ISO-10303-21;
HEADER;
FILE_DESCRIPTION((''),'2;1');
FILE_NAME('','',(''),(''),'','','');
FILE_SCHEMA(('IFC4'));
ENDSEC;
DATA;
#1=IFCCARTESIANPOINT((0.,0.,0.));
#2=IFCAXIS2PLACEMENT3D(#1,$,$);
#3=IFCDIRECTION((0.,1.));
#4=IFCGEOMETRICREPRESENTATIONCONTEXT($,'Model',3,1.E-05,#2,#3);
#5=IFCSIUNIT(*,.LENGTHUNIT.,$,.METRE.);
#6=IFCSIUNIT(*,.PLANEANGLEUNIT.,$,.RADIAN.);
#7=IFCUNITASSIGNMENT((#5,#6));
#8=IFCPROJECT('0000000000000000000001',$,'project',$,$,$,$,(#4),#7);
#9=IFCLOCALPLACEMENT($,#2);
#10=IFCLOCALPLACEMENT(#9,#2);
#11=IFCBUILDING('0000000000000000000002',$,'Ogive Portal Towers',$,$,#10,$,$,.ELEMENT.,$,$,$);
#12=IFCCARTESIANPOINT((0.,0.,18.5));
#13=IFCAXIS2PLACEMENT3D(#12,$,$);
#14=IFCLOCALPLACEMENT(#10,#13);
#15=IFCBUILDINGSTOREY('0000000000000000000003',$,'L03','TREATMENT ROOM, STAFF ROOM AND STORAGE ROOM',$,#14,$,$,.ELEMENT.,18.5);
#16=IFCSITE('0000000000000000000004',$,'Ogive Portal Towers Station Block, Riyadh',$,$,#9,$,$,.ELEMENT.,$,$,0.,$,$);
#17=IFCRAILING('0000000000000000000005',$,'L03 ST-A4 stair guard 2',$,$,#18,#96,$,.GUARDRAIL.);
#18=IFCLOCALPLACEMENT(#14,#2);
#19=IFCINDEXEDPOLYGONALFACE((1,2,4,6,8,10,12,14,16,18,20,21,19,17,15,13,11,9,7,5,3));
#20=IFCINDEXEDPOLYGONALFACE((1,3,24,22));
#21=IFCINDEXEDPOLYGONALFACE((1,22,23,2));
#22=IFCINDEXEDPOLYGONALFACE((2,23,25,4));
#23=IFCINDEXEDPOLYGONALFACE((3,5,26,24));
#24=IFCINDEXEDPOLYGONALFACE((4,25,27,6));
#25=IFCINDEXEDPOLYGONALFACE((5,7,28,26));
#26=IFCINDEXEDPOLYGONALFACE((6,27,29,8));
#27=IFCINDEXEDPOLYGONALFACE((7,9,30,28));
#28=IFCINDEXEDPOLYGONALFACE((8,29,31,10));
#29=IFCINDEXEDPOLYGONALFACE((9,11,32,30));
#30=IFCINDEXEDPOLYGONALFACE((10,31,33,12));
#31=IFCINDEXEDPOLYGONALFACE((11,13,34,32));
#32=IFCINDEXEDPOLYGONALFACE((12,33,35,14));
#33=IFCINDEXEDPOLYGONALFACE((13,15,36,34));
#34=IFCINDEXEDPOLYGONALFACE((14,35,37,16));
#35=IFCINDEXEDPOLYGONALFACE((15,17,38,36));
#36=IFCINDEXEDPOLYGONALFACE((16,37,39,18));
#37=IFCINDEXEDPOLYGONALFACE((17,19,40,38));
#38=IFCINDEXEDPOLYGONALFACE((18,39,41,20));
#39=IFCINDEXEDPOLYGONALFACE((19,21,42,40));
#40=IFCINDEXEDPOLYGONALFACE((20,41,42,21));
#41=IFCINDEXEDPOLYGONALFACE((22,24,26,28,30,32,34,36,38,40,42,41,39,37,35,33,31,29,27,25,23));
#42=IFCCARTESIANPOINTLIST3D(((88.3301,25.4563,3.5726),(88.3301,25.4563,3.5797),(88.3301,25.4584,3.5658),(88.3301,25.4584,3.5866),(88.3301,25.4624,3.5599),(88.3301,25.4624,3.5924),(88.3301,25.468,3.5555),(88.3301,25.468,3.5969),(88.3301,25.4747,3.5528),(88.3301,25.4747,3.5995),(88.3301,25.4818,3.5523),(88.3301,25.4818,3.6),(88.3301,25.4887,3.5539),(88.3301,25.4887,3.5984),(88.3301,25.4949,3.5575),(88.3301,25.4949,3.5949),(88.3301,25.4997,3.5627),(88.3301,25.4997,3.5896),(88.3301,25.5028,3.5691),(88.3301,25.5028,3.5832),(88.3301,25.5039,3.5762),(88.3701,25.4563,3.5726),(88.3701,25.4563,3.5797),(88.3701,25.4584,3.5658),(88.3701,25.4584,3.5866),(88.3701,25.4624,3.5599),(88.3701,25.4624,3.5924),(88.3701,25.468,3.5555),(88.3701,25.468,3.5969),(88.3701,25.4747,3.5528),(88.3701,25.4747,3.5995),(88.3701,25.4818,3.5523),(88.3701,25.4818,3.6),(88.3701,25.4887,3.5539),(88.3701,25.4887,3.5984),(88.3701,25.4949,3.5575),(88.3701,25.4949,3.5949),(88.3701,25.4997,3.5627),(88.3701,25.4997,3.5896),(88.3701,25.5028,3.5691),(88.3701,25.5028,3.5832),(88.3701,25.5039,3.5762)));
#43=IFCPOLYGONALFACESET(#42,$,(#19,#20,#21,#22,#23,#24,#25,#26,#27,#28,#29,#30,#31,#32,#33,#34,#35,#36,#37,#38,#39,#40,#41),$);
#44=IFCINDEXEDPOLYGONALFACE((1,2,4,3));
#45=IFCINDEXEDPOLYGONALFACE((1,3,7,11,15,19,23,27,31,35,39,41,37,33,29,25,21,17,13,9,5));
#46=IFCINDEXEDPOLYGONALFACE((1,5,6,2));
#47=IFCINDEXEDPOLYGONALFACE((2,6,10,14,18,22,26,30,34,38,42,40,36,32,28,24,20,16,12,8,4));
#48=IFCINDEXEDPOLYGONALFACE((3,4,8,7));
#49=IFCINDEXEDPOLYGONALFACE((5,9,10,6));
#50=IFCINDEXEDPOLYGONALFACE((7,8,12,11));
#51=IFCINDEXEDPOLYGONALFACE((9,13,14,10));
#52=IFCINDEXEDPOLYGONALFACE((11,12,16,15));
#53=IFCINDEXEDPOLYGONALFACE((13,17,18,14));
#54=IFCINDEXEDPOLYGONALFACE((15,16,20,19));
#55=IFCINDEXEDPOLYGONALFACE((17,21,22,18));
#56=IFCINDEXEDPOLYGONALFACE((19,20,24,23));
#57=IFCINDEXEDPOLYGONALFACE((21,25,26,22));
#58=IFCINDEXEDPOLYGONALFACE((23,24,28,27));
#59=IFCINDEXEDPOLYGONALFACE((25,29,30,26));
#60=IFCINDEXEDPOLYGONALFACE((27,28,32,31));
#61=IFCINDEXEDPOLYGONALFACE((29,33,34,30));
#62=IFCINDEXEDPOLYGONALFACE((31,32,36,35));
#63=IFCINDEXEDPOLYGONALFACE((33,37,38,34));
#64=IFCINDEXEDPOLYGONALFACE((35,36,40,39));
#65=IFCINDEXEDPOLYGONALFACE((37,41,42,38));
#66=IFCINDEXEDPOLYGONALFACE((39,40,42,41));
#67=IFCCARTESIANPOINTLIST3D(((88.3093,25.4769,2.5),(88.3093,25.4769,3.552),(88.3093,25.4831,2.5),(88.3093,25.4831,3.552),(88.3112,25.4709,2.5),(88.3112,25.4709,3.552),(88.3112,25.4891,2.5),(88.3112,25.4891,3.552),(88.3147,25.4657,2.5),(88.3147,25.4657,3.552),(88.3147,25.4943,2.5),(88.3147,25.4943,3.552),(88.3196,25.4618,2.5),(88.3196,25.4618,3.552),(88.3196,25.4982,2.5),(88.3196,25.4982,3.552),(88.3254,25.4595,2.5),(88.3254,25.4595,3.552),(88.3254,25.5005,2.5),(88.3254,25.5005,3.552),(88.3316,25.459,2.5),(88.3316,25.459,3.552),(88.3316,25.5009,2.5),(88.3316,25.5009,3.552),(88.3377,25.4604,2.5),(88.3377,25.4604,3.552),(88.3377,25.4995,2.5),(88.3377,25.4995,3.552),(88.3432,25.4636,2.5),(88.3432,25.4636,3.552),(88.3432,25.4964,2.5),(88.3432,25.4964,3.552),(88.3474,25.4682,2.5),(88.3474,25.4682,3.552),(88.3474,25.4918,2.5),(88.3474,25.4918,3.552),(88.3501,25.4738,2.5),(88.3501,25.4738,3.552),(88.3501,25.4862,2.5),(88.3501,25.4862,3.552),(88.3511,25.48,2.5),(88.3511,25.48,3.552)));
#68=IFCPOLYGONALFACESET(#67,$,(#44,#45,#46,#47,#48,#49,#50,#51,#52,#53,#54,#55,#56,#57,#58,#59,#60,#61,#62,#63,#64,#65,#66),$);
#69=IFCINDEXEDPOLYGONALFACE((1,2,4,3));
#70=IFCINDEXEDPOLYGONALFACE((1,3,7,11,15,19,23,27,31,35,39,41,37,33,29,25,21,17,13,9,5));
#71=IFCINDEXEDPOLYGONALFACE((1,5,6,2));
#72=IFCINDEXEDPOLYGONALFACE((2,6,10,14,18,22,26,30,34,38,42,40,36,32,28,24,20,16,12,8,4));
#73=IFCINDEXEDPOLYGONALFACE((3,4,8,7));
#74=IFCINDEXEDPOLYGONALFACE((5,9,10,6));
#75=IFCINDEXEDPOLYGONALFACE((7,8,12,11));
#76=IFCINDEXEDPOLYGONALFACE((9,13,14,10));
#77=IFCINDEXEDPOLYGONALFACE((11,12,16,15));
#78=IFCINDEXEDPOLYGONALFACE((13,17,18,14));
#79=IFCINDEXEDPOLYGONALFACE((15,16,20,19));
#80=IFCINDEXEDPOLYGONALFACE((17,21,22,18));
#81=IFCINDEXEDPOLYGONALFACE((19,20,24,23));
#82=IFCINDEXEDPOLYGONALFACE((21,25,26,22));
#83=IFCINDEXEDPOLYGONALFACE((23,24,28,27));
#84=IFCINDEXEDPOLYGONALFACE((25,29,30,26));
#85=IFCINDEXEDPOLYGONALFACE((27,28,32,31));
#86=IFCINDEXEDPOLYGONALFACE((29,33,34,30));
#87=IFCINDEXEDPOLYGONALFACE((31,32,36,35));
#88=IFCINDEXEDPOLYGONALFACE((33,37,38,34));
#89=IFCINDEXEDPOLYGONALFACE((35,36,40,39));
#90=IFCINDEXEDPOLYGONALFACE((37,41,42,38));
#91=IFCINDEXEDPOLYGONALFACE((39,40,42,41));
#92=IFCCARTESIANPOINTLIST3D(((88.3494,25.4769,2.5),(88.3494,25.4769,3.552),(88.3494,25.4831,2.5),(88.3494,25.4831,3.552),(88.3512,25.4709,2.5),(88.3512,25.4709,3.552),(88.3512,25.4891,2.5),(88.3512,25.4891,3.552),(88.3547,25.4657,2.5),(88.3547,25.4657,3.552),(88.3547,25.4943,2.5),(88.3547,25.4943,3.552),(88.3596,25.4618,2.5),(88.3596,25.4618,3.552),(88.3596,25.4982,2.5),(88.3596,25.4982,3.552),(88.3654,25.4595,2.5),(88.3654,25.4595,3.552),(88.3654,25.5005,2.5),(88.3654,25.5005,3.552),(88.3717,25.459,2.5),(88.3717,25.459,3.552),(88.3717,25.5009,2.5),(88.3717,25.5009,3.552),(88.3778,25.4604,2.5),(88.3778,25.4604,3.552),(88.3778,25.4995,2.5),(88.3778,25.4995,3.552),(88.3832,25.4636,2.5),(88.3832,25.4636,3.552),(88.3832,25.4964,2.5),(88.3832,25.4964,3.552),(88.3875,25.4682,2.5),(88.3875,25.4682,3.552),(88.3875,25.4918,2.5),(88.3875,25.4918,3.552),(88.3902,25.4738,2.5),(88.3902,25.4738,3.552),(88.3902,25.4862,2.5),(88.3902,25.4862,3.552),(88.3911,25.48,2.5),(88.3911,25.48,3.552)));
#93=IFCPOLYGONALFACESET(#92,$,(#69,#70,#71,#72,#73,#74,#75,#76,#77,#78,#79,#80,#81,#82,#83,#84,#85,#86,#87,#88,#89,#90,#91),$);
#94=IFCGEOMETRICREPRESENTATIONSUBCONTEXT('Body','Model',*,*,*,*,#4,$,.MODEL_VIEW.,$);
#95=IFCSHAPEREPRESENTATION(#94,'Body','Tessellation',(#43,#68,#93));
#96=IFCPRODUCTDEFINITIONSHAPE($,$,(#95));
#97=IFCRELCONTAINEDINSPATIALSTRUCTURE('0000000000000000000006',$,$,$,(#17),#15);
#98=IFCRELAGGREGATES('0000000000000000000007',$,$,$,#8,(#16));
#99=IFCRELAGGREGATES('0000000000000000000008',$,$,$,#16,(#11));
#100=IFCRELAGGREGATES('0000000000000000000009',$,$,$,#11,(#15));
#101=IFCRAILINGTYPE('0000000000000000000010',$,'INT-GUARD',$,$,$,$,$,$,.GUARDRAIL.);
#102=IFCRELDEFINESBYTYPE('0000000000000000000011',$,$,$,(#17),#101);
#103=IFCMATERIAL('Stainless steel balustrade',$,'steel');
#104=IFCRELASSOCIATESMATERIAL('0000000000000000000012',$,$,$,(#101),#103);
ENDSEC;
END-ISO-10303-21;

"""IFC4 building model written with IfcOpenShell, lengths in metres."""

from ifc_helpers import new_model, si_unit, direction, frame, origin, origin_2d, place, context, subcontext, project, spatial, circle, extrude, material, type_object, element, save


model = new_model("IFC4")

# Units and contexts
model_context = context("Model", 3, precision=1e-05, world=origin(), true_north=direction((0.0, 1.0)))
body_context = subcontext(model_context, "Body", "Model", "MODEL_VIEW")
ifc_project = project(units=[si_unit("LENGTHUNIT", "METRE"), si_unit("PLANEANGLEUNIT", "RADIAN")], contexts=[model_context])

# Site, building, storey
site_placement = place(None, origin())
site = spatial("IfcSite", under=ifc_project, at=site_placement, Name="Ogive Portal Towers Station Block, Riyadh", CompositionType="ELEMENT", RefElevation=0.0)
building_placement = place(site_placement, origin())
building = spatial("IfcBuilding", under=site, at=building_placement, Name="Ogive Portal Towers", CompositionType="ELEMENT")
storey_placement = place(building_placement, frame((0.0, 0.0, 18.5)))
storey = spatial("IfcBuildingStorey", under=building, at=storey_placement, Name="L03", Description="TREATMENT ROOM, STAFF ROOM AND STORAGE ROOM", CompositionType="ELEMENT", Elevation=18.5)

# Railing
ifc_material_1 = material(Name="Stainless steel balustrade", Category="steel")
railing_type_1 = type_object("IfcRailingType", Name="INT-GUARD", PredefinedType="GUARDRAIL", material=ifc_material_1)
railing_1_placement = place(storey_placement, frame((88.3301, 25.48, 2.5)))
element("IfcRailing", 1, at=railing_1_placement, inside=storey, type_object=railing_type_1, Name="L03 ST-A4 stair guard 2", PredefinedType="GUARDRAIL", context=body_context, shape_type="SweptSolid", body=[
    extrude(circle(Radius=0.0239, at=origin_2d()), frame((0.0, 0.0, 1.0762), z_axis=(1.0, 0.0, 0.0), x_axis=(0.0, 1.0, 0.0)), (0.0, 0.0, 1.0), 0.04),
    extrude(circle(Radius=0.021, at=origin_2d()), origin(), (0.0, 0.0, 1.0), 1.052),
    extrude(circle(Radius=0.021, at=origin_2d()), frame((0.04, 0.0, 0.0)), (0.0, 0.0, 1.0), 1.052),
])

save(model, "model.ifc")
